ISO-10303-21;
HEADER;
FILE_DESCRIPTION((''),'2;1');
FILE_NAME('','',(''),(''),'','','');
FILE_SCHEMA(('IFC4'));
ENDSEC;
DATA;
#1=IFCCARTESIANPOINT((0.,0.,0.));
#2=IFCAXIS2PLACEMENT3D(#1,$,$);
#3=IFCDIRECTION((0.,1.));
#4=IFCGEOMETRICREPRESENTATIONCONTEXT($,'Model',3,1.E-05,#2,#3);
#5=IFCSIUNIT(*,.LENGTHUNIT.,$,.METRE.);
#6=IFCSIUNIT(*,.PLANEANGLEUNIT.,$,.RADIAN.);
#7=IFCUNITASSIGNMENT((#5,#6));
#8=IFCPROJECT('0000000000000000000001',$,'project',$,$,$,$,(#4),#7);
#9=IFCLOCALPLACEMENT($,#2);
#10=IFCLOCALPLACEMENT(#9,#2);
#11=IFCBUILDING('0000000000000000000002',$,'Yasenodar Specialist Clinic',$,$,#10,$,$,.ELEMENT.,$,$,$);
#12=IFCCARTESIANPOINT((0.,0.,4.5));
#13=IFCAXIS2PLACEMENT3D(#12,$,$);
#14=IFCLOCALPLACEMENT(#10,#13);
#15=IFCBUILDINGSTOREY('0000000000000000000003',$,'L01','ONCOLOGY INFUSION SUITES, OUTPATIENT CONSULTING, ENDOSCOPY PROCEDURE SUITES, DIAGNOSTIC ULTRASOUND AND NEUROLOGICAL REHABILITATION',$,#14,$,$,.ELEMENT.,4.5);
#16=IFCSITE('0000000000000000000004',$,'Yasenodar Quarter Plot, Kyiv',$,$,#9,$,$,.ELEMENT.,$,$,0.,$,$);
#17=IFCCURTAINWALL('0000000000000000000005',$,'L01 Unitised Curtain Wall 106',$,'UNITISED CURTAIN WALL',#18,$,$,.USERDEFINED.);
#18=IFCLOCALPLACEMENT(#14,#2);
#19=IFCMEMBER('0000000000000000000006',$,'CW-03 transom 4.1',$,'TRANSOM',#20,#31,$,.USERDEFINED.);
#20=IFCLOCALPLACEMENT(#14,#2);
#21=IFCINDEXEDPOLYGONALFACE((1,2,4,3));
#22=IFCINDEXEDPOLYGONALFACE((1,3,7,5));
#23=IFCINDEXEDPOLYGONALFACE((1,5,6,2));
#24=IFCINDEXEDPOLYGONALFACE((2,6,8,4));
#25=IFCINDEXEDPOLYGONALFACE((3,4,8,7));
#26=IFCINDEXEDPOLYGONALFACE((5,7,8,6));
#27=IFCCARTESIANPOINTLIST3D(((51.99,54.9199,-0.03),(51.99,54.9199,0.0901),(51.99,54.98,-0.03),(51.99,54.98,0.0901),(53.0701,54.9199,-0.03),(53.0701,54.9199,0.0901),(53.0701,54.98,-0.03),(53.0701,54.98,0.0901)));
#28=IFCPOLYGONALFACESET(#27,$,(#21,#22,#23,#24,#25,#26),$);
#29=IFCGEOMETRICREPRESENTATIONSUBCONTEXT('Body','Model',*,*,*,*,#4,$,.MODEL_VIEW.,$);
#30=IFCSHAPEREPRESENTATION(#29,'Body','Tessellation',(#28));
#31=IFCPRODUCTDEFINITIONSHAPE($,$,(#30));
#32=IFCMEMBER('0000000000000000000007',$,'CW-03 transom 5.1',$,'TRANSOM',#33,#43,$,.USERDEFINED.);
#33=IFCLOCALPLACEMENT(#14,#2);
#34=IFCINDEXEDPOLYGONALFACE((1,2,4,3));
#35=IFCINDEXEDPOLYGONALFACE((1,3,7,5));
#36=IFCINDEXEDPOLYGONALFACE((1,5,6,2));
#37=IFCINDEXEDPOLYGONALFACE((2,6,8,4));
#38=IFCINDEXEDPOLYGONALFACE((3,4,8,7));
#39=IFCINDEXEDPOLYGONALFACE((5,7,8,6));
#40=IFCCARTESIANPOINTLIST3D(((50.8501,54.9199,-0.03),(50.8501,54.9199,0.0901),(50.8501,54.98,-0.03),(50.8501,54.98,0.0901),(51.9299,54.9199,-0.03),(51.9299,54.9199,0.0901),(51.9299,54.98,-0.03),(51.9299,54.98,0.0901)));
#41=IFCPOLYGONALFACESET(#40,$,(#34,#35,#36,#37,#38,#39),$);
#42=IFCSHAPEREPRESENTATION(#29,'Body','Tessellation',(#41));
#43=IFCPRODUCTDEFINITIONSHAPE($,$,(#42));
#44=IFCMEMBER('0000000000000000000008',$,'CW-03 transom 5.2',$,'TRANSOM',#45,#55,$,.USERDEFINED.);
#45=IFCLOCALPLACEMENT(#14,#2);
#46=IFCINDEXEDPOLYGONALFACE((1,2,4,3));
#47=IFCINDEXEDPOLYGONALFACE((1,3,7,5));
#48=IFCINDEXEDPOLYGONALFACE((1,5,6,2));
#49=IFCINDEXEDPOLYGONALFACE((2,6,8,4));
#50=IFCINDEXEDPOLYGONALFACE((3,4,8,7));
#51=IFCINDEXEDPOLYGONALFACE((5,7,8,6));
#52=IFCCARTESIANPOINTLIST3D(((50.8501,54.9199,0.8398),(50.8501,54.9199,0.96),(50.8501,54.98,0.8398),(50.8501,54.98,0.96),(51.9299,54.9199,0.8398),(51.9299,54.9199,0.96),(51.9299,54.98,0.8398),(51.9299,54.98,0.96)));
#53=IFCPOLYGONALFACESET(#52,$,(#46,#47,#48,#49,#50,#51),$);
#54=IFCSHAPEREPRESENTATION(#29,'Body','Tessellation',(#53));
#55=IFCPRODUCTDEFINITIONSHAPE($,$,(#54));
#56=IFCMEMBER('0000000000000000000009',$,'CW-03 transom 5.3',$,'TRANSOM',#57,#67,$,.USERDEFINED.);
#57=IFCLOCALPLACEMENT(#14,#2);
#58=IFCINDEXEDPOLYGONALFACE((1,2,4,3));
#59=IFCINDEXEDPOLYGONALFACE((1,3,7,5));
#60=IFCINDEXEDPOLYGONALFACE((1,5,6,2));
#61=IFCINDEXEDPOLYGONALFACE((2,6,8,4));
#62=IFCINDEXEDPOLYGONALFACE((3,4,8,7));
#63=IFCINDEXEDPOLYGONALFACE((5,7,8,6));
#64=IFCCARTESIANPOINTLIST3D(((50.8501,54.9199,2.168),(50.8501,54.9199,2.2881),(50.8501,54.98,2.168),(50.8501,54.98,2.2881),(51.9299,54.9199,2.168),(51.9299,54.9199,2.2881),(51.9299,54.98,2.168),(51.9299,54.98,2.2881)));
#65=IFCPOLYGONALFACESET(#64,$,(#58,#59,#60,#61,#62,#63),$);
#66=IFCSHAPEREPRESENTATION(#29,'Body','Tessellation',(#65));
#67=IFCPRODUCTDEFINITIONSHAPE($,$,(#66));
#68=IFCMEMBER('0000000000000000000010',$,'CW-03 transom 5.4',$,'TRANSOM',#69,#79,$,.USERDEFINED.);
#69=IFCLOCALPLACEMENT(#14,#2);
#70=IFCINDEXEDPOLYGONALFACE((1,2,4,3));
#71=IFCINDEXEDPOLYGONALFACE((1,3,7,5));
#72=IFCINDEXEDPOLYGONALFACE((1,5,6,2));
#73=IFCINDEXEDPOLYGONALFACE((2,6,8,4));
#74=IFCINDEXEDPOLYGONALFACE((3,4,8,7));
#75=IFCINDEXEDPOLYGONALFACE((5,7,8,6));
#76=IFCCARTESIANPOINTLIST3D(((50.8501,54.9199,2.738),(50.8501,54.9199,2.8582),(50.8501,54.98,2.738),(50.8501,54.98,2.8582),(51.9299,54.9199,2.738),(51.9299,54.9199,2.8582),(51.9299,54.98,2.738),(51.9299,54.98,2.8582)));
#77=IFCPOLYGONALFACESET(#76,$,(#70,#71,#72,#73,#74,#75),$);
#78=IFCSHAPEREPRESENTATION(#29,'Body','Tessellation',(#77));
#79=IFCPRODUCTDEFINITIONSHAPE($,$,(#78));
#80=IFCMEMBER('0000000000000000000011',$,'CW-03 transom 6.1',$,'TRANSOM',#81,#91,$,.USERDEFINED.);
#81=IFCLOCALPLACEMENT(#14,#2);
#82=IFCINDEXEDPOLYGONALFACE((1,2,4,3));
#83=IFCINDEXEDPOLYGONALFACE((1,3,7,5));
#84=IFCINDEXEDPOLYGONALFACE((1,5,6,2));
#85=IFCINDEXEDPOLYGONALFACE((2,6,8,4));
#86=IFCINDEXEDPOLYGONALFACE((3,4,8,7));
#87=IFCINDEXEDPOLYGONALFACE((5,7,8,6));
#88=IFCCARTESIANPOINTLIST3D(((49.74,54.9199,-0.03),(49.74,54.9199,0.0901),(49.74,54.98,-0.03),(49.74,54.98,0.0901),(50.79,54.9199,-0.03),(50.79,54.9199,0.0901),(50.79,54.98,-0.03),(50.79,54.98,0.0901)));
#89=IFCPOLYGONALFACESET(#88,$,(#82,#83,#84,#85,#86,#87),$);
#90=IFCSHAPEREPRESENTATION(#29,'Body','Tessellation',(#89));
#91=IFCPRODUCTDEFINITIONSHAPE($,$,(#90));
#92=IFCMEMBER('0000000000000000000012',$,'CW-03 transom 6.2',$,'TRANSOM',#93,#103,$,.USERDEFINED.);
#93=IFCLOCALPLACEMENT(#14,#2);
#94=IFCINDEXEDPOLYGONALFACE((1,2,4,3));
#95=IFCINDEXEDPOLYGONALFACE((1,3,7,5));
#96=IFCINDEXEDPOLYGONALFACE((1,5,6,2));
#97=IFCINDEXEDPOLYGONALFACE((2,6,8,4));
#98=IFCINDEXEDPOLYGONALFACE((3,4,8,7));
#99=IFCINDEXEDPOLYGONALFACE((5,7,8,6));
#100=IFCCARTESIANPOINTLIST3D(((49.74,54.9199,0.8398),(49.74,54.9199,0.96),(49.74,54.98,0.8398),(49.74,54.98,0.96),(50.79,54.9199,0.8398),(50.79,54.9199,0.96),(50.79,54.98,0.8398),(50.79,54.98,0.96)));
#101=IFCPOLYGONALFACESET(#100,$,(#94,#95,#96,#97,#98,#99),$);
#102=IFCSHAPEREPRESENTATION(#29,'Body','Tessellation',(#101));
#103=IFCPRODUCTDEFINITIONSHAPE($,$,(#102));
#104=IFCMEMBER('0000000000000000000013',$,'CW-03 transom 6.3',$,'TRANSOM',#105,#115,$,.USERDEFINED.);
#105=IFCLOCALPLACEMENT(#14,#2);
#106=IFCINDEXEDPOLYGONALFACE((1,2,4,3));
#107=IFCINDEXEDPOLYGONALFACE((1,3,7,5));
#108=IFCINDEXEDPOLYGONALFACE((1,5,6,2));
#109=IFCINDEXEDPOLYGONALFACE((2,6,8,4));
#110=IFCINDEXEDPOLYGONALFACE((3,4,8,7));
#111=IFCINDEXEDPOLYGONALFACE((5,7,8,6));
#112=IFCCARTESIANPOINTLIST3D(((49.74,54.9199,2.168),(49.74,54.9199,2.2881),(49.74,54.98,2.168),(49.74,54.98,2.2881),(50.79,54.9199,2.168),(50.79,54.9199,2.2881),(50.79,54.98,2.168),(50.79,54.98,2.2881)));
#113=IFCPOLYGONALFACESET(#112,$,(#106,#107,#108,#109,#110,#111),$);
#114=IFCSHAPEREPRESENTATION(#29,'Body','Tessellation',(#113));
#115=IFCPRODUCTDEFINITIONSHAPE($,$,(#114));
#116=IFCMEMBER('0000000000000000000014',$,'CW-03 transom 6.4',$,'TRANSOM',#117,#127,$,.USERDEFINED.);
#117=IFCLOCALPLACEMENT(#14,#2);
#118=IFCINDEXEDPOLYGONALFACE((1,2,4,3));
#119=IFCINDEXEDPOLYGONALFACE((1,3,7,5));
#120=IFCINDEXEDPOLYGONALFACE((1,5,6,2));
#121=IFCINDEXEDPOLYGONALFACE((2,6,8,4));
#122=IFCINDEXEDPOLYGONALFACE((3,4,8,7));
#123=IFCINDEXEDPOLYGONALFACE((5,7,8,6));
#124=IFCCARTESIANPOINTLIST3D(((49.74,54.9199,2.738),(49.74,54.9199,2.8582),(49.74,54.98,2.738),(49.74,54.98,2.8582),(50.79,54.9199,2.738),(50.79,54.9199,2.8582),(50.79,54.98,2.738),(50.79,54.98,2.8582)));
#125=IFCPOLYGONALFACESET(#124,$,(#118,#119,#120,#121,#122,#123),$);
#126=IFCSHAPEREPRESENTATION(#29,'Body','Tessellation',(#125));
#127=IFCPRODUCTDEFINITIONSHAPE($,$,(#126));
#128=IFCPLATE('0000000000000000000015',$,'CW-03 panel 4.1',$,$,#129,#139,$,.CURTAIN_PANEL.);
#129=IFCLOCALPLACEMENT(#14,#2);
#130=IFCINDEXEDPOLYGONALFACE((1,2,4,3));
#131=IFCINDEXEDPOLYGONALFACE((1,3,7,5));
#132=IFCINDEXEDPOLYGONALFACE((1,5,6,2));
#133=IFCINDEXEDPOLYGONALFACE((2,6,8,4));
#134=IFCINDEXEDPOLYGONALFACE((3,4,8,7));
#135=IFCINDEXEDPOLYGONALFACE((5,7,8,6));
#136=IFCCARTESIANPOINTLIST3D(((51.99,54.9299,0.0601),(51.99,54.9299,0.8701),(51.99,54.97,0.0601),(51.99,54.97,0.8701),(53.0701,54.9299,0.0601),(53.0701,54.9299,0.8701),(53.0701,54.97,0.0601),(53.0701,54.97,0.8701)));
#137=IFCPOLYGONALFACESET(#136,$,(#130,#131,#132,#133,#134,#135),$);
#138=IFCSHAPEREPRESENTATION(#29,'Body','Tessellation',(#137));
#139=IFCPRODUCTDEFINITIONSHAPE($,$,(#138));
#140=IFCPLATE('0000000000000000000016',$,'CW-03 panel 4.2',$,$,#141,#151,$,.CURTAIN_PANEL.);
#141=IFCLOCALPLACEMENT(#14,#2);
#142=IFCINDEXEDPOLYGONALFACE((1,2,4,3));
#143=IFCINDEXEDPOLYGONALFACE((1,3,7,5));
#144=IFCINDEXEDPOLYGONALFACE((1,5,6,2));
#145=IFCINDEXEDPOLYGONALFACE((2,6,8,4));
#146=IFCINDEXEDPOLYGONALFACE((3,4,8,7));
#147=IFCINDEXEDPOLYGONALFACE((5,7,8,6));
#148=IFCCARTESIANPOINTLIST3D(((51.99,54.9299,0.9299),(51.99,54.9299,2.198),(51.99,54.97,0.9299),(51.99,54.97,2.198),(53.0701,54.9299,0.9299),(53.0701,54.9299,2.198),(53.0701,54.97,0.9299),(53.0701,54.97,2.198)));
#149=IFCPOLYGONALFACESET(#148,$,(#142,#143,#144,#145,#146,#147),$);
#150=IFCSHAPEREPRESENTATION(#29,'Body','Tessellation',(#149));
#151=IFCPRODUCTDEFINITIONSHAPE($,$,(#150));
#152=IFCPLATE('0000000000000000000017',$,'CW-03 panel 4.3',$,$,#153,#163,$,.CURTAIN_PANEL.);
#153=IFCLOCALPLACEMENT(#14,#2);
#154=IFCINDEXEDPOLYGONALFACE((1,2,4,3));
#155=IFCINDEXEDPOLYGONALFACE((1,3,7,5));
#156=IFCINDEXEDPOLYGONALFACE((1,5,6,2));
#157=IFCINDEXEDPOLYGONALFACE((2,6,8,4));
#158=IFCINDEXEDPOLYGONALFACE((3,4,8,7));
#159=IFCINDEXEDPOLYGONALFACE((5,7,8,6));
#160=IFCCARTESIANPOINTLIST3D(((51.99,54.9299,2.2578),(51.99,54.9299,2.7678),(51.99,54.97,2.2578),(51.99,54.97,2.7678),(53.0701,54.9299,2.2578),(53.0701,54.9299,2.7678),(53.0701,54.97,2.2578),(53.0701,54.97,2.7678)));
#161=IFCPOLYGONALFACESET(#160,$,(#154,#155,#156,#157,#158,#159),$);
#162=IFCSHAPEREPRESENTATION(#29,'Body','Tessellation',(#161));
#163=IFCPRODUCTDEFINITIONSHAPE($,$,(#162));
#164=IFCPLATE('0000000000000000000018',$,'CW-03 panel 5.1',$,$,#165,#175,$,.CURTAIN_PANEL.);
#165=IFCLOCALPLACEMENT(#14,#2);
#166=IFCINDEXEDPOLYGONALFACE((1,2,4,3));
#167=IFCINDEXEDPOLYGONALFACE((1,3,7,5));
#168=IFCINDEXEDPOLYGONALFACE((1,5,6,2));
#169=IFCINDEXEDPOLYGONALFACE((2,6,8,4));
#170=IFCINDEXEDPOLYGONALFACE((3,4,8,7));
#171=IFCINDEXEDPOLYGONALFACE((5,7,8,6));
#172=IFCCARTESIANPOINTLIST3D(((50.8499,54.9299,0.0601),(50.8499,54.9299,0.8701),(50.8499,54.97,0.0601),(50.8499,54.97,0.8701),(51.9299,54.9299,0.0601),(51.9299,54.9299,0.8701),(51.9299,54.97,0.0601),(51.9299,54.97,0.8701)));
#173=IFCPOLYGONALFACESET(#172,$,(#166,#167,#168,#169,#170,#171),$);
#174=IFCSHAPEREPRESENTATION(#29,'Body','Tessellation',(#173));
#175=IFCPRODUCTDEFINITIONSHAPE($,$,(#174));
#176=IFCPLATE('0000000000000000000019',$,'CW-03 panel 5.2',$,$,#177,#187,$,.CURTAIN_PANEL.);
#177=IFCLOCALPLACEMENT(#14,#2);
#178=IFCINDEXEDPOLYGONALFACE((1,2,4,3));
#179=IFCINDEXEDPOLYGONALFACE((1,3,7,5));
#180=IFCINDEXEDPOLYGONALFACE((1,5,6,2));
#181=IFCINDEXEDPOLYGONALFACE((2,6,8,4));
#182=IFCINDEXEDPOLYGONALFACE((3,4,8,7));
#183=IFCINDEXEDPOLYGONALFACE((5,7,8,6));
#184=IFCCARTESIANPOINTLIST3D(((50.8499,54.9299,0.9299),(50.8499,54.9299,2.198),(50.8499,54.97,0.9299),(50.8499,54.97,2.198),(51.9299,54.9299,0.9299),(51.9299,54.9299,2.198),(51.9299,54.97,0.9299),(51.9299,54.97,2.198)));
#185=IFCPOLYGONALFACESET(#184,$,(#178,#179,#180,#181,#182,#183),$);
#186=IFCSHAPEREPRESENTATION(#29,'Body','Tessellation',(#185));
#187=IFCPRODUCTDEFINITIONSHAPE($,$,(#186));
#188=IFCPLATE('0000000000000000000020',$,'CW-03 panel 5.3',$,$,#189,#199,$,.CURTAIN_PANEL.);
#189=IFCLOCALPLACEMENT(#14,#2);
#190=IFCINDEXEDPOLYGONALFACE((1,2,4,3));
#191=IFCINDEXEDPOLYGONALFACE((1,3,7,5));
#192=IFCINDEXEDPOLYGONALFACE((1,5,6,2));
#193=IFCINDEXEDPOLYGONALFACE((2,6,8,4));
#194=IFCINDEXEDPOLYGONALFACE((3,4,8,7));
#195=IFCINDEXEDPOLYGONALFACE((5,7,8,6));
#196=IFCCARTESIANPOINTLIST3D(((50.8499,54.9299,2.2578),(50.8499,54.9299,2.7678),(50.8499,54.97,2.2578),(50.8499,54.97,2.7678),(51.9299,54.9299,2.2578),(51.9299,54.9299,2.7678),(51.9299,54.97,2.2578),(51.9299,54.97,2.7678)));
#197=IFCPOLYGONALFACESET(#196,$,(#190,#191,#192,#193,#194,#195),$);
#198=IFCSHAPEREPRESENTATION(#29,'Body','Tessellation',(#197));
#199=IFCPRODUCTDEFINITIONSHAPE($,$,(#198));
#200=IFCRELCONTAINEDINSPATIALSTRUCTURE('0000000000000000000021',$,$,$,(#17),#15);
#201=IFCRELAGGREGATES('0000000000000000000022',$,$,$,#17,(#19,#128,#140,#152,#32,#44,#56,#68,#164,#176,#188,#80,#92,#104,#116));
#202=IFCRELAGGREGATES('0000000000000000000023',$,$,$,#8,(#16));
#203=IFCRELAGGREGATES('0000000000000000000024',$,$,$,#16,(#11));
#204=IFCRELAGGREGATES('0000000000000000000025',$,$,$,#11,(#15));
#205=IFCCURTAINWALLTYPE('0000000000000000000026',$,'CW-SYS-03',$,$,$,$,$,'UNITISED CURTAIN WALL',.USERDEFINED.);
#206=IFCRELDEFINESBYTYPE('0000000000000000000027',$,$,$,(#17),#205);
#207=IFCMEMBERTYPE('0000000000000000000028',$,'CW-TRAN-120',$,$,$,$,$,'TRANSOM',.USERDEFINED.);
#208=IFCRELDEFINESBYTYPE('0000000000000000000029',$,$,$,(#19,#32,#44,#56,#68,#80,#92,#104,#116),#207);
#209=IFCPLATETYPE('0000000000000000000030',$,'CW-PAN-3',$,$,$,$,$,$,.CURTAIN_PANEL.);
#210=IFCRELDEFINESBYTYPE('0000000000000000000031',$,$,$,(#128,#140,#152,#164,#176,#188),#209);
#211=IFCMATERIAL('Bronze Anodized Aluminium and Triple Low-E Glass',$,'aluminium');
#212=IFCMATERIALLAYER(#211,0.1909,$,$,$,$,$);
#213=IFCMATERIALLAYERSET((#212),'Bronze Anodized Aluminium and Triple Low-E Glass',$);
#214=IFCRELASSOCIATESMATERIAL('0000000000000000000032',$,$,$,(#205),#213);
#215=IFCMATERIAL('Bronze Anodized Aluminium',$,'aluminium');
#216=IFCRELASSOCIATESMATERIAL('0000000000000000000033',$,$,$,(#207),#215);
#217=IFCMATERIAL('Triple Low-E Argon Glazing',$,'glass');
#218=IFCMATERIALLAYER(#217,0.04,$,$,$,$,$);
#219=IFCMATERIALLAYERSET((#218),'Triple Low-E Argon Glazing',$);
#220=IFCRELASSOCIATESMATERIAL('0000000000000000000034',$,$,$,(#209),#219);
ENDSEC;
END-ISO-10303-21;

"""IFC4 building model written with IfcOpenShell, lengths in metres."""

from ifc_helpers import new_model, si_unit, direction, frame, origin, origin_2d, place, context, subcontext, project, spatial, rectangle, extrude, material, layer, layer_set, material_profile, profile_set, type_object, element, aggregate, save


model = new_model("IFC4")

# Units and contexts
model_context = context("Model", 3, precision=1e-05, world=origin(), true_north=direction((0.0, 1.0)))
body_context = subcontext(model_context, "Body", "Model", "MODEL_VIEW")
ifc_project = project(units=[si_unit("LENGTHUNIT", "METRE"), si_unit("PLANEANGLEUNIT", "RADIAN")], contexts=[model_context])

# Site, building, storey
site_placement = place(None, origin())
site = spatial("IfcSite", under=ifc_project, at=site_placement, Name="Yasenodar Quarter Plot, Kyiv", CompositionType="ELEMENT", RefElevation=0.0)
building_placement = place(site_placement, origin())
building = spatial("IfcBuilding", under=site, at=building_placement, Name="Yasenodar Specialist Clinic", CompositionType="ELEMENT")
storey_placement = place(building_placement, frame((0.0, 0.0, 4.5)))
storey = spatial("IfcBuildingStorey", under=building, at=storey_placement, Name="L01", Description="ONCOLOGY INFUSION SUITES, OUTPATIENT CONSULTING, ENDOSCOPY PROCEDURE SUITES, DIAGNOSTIC ULTRASOUND AND NEUROLOGICAL REHABILITATION", CompositionType="ELEMENT", Elevation=4.5)

# Curtain wall, members, plates
ifc_material_1 = material(Name="Bronze Anodized Aluminium and Triple Low-E Glass", Category="aluminium")
ifc_layer_1 = layer(ifc_material_1, 0.1909)
ifc_layer_set_1 = layer_set([ifc_layer_1], Name="Bronze Anodized Aluminium and Triple Low-E Glass")
curtain_wall_type = type_object("IfcCurtainWallType", Name="CW-SYS-03", ElementType="UNITISED CURTAIN WALL", PredefinedType="USERDEFINED", material=ifc_layer_set_1)
curtain_wall_placement = place(storey_placement, origin())
curtain_wall = element("IfcCurtainWall", 1, at=curtain_wall_placement, inside=storey, type_object=curtain_wall_type, Name="L01 Unitised Curtain Wall 106", ObjectType="UNITISED CURTAIN WALL", PredefinedType="USERDEFINED")
ifc_material_2 = material(Name="Bronze Anodized Aluminium", Category="aluminium")
ifc_material_profile_1 = material_profile(ifc_material_2, rectangle(XDim=0.0601, YDim=0.1201, at=origin_2d()), Name="CW-TRAN 60x120")
ifc_profile_set_1 = profile_set([ifc_material_profile_1], Name="Bronze Anodized Aluminium")
member_type_1 = type_object("IfcMemberType", Name="CW-TRAN-120", ElementType="TRANSOM", PredefinedType="USERDEFINED", material=ifc_profile_set_1)
member_1_placement = place(storey_placement, frame((53.0701, 54.95, 0.03), z_axis=(-1.0, 0.0, 0.0), x_axis=(0.0, -1.0, 0.0)))
member_1 = element("IfcMember", 2, at=member_1_placement, type_object=member_type_1, Name="CW-03 transom 4.1", ObjectType="TRANSOM", PredefinedType="USERDEFINED", context=body_context, shape_type="SweptSolid", body=[
    extrude(rectangle(XDim=0.0601, YDim=0.1201, at=origin_2d()), origin(), (0.0, 0.0, 1.0), 1.0801),
])
member_2_placement = place(storey_placement, frame((51.9299, 54.95, 0.03), z_axis=(-1.0, 0.0, 0.0), x_axis=(0.0, -1.0, 0.0)))
member_2 = element("IfcMember", 3, at=member_2_placement, type_object=member_type_1, Name="CW-03 transom 5.1", ObjectType="TRANSOM", PredefinedType="USERDEFINED", context=body_context, shape_type="SweptSolid", body=[
    extrude(rectangle(XDim=0.0601, YDim=0.1201, at=origin_2d()), origin(), (0.0, 0.0, 1.0), 1.0798),
])
member_3_placement = place(storey_placement, frame((51.9299, 54.95, 0.8999), z_axis=(-1.0, 0.0, 0.0), x_axis=(0.0, -1.0, 0.0)))
member_3 = element("IfcMember", 4, at=member_3_placement, type_object=member_type_1, Name="CW-03 transom 5.2", ObjectType="TRANSOM", PredefinedType="USERDEFINED", context=body_context, shape_type="SweptSolid", body=[
    extrude(rectangle(XDim=0.0601, YDim=0.1201, at=origin_2d()), origin(), (0.0, 0.0, 1.0), 1.0798),
])
member_4_placement = place(storey_placement, frame((51.9299, 54.95, 2.228), z_axis=(-1.0, 0.0, 0.0), x_axis=(0.0, -1.0, 0.0)))
member_4 = element("IfcMember", 5, at=member_4_placement, type_object=member_type_1, Name="CW-03 transom 5.3", ObjectType="TRANSOM", PredefinedType="USERDEFINED", context=body_context, shape_type="SweptSolid", body=[
    extrude(rectangle(XDim=0.0601, YDim=0.1201, at=origin_2d()), origin(), (0.0, 0.0, 1.0), 1.0798),
])
member_5_placement = place(storey_placement, frame((51.9299, 54.95, 2.7981), z_axis=(-1.0, 0.0, 0.0), x_axis=(0.0, -1.0, 0.0)))
member_5 = element("IfcMember", 6, at=member_5_placement, type_object=member_type_1, Name="CW-03 transom 5.4", ObjectType="TRANSOM", PredefinedType="USERDEFINED", context=body_context, shape_type="SweptSolid", body=[
    extrude(rectangle(XDim=0.0601, YDim=0.1201, at=origin_2d()), origin(), (0.0, 0.0, 1.0), 1.0798),
])
member_6_placement = place(storey_placement, frame((50.79, 54.95, 0.03), z_axis=(-1.0, 0.0, 0.0), x_axis=(0.0, -1.0, 0.0)))
member_6 = element("IfcMember", 7, at=member_6_placement, type_object=member_type_1, Name="CW-03 transom 6.1", ObjectType="TRANSOM", PredefinedType="USERDEFINED", context=body_context, shape_type="SweptSolid", body=[
    extrude(rectangle(XDim=0.0601, YDim=0.1201, at=origin_2d()), origin(), (0.0, 0.0, 1.0), 1.05),
])
member_7_placement = place(storey_placement, frame((50.79, 54.95, 0.8999), z_axis=(-1.0, 0.0, 0.0), x_axis=(0.0, -1.0, 0.0)))
member_7 = element("IfcMember", 8, at=member_7_placement, type_object=member_type_1, Name="CW-03 transom 6.2", ObjectType="TRANSOM", PredefinedType="USERDEFINED", context=body_context, shape_type="SweptSolid", body=[
    extrude(rectangle(XDim=0.0601, YDim=0.1201, at=origin_2d()), origin(), (0.0, 0.0, 1.0), 1.05),
])
member_8_placement = place(storey_placement, frame((50.79, 54.95, 2.228), z_axis=(-1.0, 0.0, 0.0), x_axis=(0.0, -1.0, 0.0)))
member_8 = element("IfcMember", 9, at=member_8_placement, type_object=member_type_1, Name="CW-03 transom 6.3", ObjectType="TRANSOM", PredefinedType="USERDEFINED", context=body_context, shape_type="SweptSolid", body=[
    extrude(rectangle(XDim=0.0601, YDim=0.1201, at=origin_2d()), origin(), (0.0, 0.0, 1.0), 1.05),
])
member_9_placement = place(storey_placement, frame((50.79, 54.95, 2.7981), z_axis=(-1.0, 0.0, 0.0), x_axis=(0.0, -1.0, 0.0)))
member_9 = element("IfcMember", 10, at=member_9_placement, type_object=member_type_1, Name="CW-03 transom 6.4", ObjectType="TRANSOM", PredefinedType="USERDEFINED", context=body_context, shape_type="SweptSolid", body=[
    extrude(rectangle(XDim=0.0601, YDim=0.1201, at=origin_2d()), origin(), (0.0, 0.0, 1.0), 1.05),
])
ifc_material_3 = material(Name="Triple Low-E Argon Glazing", Category="glass")
ifc_layer_2 = layer(ifc_material_3, 0.04)
ifc_layer_set_2 = layer_set([ifc_layer_2], Name="Triple Low-E Argon Glazing")
plate_type = type_object("IfcPlateType", Name="CW-PAN-3", PredefinedType="CURTAIN_PANEL", material=ifc_layer_set_2)
plate_1_placement = place(storey_placement, frame((52.53, 54.95, 0.0601), z_axis=(0.0, 0.0, 1.0), x_axis=(-1.0, 0.0, 0.0)))
plate_1 = element("IfcPlate", 11, at=plate_1_placement, type_object=plate_type, Name="CW-03 panel 4.1", PredefinedType="CURTAIN_PANEL", context=body_context, shape_type="SweptSolid", body=[
    extrude(rectangle(XDim=1.0801, YDim=0.04, at=origin_2d()), origin(), (0.0, 0.0, 1.0), 0.8101),
])
plate_2_placement = place(storey_placement, frame((52.53, 54.95, 0.9299), z_axis=(0.0, 0.0, 1.0), x_axis=(-1.0, 0.0, 0.0)))
plate_2 = element("IfcPlate", 12, at=plate_2_placement, type_object=plate_type, Name="CW-03 panel 4.2", PredefinedType="CURTAIN_PANEL", context=body_context, shape_type="SweptSolid", body=[
    extrude(rectangle(XDim=1.0801, YDim=0.04, at=origin_2d()), origin(), (0.0, 0.0, 1.0), 1.2681),
])
plate_3_placement = place(storey_placement, frame((52.53, 54.95, 2.2578), z_axis=(0.0, 0.0, 1.0), x_axis=(-1.0, 0.0, 0.0)))
plate_3 = element("IfcPlate", 13, at=plate_3_placement, type_object=plate_type, Name="CW-03 panel 4.3", PredefinedType="CURTAIN_PANEL", context=body_context, shape_type="SweptSolid", body=[
    extrude(rectangle(XDim=1.0801, YDim=0.04, at=origin_2d()), origin(), (0.0, 0.0, 1.0), 0.51),
])
plate_4_placement = place(storey_placement, frame((51.3899, 54.95, 0.0601), z_axis=(0.0, 0.0, 1.0), x_axis=(-1.0, 0.0, 0.0)))
plate_4 = element("IfcPlate", 14, at=plate_4_placement, type_object=plate_type, Name="CW-03 panel 5.1", PredefinedType="CURTAIN_PANEL", context=body_context, shape_type="SweptSolid", body=[
    extrude(rectangle(XDim=1.0801, YDim=0.04, at=origin_2d()), origin(), (0.0, 0.0, 1.0), 0.8101),
])
plate_5_placement = place(storey_placement, frame((51.3899, 54.95, 0.9299), z_axis=(0.0, 0.0, 1.0), x_axis=(-1.0, 0.0, 0.0)))
plate_5 = element("IfcPlate", 15, at=plate_5_placement, type_object=plate_type, Name="CW-03 panel 5.2", PredefinedType="CURTAIN_PANEL", context=body_context, shape_type="SweptSolid", body=[
    extrude(rectangle(XDim=1.0801, YDim=0.04, at=origin_2d()), origin(), (0.0, 0.0, 1.0), 1.2681),
])
plate_6_placement = place(storey_placement, frame((51.3899, 54.95, 2.2578), z_axis=(0.0, 0.0, 1.0), x_axis=(-1.0, 0.0, 0.0)))
plate_6 = element("IfcPlate", 16, at=plate_6_placement, type_object=plate_type, Name="CW-03 panel 5.3", PredefinedType="CURTAIN_PANEL", context=body_context, shape_type="SweptSolid", body=[
    extrude(rectangle(XDim=1.0801, YDim=0.04, at=origin_2d()), origin(), (0.0, 0.0, 1.0), 0.51),
])
aggregate(curtain_wall, [member_1, plate_1, plate_2, plate_3, member_2, member_3, member_4, member_5, plate_4, plate_5, plate_6, member_6, member_7, member_8, member_9])

save(model, "model.ifc")
